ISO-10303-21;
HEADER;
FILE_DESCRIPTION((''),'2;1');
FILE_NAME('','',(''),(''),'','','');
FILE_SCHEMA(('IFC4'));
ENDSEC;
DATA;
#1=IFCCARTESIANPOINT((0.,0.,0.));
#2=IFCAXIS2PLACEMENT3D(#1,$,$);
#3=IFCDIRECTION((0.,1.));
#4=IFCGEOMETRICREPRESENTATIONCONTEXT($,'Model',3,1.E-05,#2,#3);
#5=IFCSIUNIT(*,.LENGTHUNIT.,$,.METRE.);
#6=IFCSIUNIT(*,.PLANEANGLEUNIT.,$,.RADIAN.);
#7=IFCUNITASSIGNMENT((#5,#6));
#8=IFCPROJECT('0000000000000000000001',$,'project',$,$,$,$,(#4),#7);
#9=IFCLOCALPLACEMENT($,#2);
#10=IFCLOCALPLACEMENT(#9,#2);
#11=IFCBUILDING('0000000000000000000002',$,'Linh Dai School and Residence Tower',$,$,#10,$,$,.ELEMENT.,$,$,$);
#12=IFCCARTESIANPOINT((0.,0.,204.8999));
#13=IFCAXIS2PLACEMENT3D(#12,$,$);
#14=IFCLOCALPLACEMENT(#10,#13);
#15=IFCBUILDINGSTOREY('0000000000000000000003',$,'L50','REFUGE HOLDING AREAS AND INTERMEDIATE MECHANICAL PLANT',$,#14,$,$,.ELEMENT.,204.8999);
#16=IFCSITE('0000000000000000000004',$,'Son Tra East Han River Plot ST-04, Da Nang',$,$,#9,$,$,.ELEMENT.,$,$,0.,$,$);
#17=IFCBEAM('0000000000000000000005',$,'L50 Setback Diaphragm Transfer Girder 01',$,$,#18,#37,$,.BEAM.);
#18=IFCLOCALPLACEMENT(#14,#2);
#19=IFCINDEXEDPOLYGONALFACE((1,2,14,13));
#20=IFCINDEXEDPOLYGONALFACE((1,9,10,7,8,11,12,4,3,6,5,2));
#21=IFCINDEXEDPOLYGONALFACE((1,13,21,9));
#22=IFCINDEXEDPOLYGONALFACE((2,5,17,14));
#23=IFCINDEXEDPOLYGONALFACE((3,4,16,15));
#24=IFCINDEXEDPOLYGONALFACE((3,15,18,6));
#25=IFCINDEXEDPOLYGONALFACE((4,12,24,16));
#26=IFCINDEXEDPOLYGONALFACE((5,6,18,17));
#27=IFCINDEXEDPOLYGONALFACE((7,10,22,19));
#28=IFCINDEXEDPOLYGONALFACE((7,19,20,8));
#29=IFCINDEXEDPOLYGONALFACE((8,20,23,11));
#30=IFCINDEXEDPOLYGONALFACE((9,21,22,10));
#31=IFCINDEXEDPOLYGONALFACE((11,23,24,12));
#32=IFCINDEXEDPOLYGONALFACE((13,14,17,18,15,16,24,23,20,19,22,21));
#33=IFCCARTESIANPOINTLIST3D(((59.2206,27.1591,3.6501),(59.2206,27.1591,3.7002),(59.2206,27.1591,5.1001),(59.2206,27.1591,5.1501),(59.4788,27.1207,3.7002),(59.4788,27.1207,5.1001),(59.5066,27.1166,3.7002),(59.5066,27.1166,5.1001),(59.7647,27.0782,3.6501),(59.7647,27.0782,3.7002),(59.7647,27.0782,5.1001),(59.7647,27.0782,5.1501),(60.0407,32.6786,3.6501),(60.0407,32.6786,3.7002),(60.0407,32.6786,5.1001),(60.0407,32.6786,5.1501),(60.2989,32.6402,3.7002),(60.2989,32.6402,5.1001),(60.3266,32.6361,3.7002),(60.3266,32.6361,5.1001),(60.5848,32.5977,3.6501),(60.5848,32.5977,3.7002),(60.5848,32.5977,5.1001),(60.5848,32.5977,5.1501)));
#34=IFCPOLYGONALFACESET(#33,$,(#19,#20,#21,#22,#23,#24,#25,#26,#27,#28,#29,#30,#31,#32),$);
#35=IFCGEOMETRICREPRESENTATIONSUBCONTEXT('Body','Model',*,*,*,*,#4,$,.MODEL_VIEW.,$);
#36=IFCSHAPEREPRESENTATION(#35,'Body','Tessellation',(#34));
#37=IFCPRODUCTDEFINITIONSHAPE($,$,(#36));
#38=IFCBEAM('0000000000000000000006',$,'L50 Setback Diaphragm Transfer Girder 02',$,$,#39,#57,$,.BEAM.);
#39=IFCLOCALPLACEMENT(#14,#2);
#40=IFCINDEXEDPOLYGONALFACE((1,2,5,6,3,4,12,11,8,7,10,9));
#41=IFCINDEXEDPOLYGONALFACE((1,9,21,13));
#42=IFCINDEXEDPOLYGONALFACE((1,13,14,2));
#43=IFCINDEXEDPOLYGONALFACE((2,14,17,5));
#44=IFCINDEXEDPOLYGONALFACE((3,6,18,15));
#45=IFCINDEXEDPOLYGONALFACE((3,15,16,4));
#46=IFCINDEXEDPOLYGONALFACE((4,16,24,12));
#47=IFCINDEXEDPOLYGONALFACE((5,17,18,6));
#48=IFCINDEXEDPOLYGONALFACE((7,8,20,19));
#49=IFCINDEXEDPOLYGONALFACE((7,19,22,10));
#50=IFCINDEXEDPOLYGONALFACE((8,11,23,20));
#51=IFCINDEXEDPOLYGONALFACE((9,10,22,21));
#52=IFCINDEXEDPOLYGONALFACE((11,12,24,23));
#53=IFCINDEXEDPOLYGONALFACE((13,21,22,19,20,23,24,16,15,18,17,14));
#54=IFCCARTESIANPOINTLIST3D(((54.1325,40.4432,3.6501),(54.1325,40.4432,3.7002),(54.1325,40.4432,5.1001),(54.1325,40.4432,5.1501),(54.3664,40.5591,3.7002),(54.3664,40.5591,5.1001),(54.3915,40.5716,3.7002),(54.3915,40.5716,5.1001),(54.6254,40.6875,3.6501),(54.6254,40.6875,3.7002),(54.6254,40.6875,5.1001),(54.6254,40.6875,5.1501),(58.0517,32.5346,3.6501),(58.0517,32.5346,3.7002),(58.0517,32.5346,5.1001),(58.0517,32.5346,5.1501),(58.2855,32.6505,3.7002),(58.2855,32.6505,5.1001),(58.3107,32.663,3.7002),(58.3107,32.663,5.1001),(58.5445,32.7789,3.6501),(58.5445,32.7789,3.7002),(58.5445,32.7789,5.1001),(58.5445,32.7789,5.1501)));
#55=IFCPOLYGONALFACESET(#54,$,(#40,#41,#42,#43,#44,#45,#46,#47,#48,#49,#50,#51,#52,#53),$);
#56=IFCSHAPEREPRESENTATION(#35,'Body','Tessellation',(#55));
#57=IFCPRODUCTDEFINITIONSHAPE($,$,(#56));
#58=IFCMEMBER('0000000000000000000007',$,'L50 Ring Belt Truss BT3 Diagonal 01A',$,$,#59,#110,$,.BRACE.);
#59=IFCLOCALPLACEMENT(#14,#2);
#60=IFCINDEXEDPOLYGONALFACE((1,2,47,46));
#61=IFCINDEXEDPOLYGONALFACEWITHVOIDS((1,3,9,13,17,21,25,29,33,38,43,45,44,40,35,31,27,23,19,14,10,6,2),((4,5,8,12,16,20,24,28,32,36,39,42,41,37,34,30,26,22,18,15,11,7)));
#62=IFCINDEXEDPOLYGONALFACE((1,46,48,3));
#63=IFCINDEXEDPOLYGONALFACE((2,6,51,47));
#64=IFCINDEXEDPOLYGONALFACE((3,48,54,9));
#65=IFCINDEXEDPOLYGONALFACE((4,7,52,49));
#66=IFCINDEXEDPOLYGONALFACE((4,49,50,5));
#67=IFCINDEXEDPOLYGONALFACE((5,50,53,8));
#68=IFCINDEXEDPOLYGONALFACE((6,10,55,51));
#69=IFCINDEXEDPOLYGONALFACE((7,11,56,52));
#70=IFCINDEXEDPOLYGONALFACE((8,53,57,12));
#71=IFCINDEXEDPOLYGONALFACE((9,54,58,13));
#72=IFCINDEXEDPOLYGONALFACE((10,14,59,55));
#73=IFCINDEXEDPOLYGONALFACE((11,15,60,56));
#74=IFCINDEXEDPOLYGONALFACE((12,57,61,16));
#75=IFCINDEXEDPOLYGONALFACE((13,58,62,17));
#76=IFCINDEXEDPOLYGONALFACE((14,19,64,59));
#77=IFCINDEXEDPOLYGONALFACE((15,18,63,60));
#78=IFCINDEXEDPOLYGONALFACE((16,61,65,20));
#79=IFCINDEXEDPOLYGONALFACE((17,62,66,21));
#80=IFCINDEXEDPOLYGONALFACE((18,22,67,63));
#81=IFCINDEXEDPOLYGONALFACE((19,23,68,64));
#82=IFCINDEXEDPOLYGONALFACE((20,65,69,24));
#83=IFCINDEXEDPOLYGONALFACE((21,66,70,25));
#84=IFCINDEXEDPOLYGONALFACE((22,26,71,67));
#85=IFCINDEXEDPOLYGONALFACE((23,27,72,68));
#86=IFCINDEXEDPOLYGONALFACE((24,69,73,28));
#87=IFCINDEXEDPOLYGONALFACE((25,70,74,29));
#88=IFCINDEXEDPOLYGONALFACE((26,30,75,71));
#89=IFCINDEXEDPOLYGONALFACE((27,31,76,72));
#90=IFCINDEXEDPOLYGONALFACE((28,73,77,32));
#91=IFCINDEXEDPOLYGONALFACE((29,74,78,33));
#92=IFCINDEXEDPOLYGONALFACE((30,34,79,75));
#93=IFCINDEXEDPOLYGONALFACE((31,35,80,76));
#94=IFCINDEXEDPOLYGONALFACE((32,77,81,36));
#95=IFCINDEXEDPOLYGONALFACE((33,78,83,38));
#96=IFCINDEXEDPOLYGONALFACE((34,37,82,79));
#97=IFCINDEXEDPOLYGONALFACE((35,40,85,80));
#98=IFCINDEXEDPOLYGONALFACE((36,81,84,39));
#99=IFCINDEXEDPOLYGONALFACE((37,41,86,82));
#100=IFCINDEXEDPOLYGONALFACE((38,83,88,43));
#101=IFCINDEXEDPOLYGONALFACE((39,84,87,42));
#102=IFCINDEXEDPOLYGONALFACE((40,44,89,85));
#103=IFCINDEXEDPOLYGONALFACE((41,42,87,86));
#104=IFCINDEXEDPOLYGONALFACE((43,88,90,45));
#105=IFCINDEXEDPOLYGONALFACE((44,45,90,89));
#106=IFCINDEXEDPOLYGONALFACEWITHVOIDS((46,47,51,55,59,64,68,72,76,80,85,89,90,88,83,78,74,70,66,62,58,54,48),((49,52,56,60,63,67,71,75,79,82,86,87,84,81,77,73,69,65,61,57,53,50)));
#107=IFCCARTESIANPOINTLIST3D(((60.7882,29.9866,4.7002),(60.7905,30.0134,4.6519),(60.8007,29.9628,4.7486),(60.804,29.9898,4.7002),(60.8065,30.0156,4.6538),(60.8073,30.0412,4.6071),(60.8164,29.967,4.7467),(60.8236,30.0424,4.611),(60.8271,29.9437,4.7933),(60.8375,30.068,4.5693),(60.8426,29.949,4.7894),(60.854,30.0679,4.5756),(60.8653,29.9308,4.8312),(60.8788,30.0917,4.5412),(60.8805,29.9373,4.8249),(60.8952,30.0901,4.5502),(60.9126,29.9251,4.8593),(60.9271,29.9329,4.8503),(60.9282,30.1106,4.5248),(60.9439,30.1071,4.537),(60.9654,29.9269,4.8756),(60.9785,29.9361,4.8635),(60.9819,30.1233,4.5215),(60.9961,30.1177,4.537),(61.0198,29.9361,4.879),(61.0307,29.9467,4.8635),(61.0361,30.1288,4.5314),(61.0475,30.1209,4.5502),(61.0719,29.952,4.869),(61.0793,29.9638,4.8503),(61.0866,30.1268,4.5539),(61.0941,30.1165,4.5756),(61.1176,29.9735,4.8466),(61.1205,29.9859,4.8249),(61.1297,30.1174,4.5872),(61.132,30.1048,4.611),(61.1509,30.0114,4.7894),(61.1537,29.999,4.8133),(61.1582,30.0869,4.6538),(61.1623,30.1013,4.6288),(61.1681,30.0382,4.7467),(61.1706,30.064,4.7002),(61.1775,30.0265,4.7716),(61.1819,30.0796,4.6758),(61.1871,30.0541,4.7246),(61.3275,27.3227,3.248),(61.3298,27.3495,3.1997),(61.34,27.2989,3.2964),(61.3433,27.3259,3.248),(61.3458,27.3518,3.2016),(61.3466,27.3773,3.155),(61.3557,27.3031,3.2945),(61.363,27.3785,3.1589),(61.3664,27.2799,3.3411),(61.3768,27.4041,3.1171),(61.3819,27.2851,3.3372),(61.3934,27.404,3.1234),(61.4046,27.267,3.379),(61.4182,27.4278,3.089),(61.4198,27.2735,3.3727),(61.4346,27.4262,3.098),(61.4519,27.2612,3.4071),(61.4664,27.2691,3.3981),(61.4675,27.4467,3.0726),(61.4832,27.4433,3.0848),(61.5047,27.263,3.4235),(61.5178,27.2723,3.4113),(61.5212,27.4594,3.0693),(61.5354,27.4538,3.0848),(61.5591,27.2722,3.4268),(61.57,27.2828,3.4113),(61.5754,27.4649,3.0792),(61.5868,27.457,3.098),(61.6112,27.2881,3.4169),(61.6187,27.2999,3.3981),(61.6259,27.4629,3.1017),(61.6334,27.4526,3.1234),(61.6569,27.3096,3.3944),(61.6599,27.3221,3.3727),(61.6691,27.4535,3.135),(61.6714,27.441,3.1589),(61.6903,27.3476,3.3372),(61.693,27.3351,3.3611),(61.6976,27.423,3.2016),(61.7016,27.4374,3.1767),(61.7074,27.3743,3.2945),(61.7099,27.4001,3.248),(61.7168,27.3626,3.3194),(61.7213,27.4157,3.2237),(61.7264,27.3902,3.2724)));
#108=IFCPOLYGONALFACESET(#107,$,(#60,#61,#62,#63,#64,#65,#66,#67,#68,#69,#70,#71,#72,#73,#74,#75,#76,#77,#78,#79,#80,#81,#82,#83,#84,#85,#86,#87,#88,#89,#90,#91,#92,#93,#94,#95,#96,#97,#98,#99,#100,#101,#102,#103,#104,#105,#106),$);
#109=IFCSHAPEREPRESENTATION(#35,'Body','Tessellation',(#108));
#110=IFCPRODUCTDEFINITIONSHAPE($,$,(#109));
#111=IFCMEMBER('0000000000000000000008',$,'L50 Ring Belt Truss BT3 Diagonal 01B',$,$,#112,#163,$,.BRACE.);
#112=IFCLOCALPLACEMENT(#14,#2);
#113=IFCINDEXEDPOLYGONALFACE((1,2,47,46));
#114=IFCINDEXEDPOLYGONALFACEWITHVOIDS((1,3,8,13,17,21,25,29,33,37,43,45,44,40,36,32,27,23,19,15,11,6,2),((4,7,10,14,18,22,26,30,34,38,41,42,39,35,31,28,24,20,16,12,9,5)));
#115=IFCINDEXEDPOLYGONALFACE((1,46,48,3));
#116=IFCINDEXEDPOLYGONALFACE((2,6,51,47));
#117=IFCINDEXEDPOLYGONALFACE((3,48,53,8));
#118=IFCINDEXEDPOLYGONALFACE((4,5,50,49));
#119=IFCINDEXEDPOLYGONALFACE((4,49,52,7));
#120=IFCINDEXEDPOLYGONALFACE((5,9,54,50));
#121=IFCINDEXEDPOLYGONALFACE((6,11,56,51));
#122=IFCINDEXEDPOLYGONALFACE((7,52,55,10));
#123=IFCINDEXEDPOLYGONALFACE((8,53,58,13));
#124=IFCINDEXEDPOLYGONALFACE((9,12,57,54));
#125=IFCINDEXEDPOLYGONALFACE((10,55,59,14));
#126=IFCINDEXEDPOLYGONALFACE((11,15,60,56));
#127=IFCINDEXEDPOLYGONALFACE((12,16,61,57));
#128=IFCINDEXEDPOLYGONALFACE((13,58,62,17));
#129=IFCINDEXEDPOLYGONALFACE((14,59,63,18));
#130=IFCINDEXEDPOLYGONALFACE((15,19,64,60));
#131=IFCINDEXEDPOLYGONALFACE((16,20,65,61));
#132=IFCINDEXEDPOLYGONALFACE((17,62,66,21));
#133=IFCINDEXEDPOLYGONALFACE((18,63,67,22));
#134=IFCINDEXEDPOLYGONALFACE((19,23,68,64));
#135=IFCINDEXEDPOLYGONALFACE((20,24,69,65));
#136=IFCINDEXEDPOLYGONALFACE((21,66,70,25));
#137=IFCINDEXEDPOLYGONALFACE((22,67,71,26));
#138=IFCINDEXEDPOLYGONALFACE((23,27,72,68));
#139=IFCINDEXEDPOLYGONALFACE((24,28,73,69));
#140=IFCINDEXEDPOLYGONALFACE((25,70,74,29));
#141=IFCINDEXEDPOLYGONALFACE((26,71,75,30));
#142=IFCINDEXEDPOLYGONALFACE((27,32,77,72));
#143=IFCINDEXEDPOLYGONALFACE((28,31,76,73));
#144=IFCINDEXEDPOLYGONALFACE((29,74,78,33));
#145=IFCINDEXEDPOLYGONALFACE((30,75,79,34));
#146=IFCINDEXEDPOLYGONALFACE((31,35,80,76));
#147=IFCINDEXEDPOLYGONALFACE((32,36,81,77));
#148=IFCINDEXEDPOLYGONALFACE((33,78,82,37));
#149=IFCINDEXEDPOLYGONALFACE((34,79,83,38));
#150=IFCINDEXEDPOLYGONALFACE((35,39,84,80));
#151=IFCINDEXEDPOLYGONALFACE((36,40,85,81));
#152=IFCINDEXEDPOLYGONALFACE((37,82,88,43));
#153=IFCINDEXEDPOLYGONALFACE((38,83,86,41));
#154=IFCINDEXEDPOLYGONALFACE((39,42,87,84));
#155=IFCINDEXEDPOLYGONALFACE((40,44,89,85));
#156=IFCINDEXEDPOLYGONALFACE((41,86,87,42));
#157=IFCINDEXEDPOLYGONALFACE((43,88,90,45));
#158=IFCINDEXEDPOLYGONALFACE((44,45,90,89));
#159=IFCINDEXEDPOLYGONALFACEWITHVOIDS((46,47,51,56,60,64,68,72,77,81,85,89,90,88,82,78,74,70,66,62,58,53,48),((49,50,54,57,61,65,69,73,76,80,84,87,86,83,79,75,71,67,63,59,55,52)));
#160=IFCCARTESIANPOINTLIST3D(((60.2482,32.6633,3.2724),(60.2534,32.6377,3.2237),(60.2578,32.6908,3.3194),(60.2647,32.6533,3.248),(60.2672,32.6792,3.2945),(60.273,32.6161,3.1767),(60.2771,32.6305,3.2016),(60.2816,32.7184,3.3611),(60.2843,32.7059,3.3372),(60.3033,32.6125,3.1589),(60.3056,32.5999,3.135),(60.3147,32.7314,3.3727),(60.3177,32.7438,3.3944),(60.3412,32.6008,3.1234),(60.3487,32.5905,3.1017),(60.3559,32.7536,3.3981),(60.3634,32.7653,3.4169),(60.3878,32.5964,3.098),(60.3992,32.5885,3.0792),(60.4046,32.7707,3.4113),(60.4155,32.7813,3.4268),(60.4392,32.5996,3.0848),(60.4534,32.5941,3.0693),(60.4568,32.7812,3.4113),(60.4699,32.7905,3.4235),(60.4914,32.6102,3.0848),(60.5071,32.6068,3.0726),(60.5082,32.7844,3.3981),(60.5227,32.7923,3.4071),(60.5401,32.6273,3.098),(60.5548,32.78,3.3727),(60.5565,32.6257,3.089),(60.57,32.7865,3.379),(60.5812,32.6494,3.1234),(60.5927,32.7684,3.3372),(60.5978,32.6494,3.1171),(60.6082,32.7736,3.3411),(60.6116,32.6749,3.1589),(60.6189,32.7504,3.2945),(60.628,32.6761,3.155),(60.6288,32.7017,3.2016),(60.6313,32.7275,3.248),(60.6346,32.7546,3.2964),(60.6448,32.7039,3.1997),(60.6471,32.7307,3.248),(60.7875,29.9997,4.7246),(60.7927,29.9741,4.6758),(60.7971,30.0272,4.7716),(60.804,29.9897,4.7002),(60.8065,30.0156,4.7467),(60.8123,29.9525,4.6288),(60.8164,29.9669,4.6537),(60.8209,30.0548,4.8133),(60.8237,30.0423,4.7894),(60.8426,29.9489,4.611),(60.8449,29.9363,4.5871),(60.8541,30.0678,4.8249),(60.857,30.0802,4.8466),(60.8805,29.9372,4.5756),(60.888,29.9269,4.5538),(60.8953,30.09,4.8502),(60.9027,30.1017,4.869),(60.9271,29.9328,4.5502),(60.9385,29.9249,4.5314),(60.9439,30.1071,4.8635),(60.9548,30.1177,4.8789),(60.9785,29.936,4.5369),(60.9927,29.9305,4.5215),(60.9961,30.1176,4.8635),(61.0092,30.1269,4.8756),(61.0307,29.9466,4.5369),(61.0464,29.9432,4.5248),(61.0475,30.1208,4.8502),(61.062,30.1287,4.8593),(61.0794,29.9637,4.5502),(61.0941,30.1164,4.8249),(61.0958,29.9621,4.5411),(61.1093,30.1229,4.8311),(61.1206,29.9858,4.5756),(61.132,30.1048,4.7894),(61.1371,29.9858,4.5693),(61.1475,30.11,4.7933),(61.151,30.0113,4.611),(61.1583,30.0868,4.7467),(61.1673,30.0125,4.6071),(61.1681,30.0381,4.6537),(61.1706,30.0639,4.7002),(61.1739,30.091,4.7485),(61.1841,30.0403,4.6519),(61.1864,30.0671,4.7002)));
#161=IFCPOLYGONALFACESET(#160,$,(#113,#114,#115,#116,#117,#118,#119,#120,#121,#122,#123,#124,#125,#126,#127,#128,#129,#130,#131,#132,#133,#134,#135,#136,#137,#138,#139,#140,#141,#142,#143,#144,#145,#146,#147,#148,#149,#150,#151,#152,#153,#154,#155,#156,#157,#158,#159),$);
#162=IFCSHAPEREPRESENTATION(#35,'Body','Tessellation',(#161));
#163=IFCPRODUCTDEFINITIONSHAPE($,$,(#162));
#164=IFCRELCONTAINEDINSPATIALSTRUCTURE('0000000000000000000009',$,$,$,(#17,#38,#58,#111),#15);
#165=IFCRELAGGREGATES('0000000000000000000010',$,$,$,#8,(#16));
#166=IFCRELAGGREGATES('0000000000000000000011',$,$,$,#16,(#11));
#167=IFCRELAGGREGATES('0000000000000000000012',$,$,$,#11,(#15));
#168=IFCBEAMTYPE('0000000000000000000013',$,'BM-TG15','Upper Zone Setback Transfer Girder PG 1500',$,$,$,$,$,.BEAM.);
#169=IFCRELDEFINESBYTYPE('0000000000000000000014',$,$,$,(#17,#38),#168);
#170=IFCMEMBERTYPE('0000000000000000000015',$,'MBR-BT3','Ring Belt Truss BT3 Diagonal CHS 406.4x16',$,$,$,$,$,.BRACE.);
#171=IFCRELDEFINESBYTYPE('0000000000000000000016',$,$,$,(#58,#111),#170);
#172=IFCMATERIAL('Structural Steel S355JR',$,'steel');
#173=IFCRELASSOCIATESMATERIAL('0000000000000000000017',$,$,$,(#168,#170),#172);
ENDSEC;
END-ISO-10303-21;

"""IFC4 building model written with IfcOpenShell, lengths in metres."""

from ifc_helpers import new_model, si_unit, direction, frame, origin, origin_2d, place, context, subcontext, project, spatial, hollow_circle, i_section, extrude, material, material_profile, profile_set, type_object, element, save


model = new_model("IFC4")

# Units and contexts
model_context = context("Model", 3, precision=1e-05, world=origin(), true_north=direction((0.0, 1.0)))
body_context = subcontext(model_context, "Body", "Model", "MODEL_VIEW")
ifc_project = project(units=[si_unit("LENGTHUNIT", "METRE"), si_unit("PLANEANGLEUNIT", "RADIAN")], contexts=[model_context])

# Site, building, storey
site_placement = place(None, origin())
site = spatial("IfcSite", under=ifc_project, at=site_placement, Name="Son Tra East Han River Plot ST-04, Da Nang", CompositionType="ELEMENT", RefElevation=0.0)
building_placement = place(site_placement, origin())
building = spatial("IfcBuilding", under=site, at=building_placement, Name="Linh Dai School and Residence Tower", CompositionType="ELEMENT")
storey_placement = place(building_placement, frame((0.0, 0.0, 204.8999)))
storey = spatial("IfcBuildingStorey", under=building, at=storey_placement, Name="L50", Description="REFUGE HOLDING AREAS AND INTERMEDIATE MECHANICAL PLANT", CompositionType="ELEMENT", Elevation=204.8999)

# Shared definitions
ifc_material_1 = material(Name="Structural Steel S355JR", Category="steel")

# Beams
ifc_material_profile_1 = material_profile(ifc_material_1, i_section(OverallWidth=0.55, OverallDepth=1.5, WebThickness=0.0281, FlangeThickness=0.05, at=origin_2d()), Name="PG 1500x550x28x50")
ifc_profile_set_1 = profile_set([ifc_material_profile_1], Name="Structural Steel S355JR")
beam_type_1 = type_object("IfcBeamType", Name="BM-TG15", Description="Upper Zone Setback Transfer Girder PG 1500", PredefinedType="BEAM", material=ifc_profile_set_1)
beam_1_placement = place(storey_placement, frame((59.4927, 27.1187, 4.4001), z_axis=(0.146962, 0.989142, 0.0), x_axis=(-0.989142, 0.146962, 0.0)))
element("IfcBeam", 1, at=beam_1_placement, inside=storey, type_object=beam_type_1, Name="L50 Setback Diaphragm Transfer Girder 01", PredefinedType="BEAM", context=body_context, shape_type="SweptSolid", body=[
    extrude(i_section(OverallWidth=0.55, OverallDepth=1.5, WebThickness=0.0281, FlangeThickness=0.05, at=origin_2d()), origin(), (0.0, 0.0, 1.0), 5.5801),
])
beam_2_placement = place(storey_placement, frame((58.2981, 32.6567, 4.4001), z_axis=(-0.444024, 0.896015, 0.0), x_axis=(-0.896015, -0.444024, 0.0)))
element("IfcBeam", 2, at=beam_2_placement, inside=storey, type_object=beam_type_1, Name="L50 Setback Diaphragm Transfer Girder 02", PredefinedType="BEAM", context=body_context, shape_type="SweptSolid", body=[
    extrude(i_section(OverallWidth=0.55, OverallDepth=1.5, WebThickness=0.0281, FlangeThickness=0.05, at=origin_2d()), origin(), (0.0, 0.0, 1.0), 8.8264),
])

# Members
ifc_material_profile_2 = material_profile(ifc_material_1, hollow_circle(Radius=0.2031, WallThickness=0.0161, at=origin_2d()), Name="CHS 406.4x16")
ifc_profile_set_2 = profile_set([ifc_material_profile_2], Name="Structural Steel S355JR")
member_type_1 = type_object("IfcMemberType", Name="MBR-BT3", Description="Ring Belt Truss BT3 Diagonal CHS 406.4x16", PredefinedType="BRACE", material=ifc_profile_set_2)
member_1_placement = place(storey_placement, frame((61.5266, 27.363, 3.248), z_axis=(-0.175015, 0.864461, 0.47125), x_axis=(-0.980115, -0.19843, 0.0)))
element("IfcMember", 3, at=member_1_placement, inside=storey, type_object=member_type_1, Name="L50 Ring Belt Truss BT3 Diagonal 01A", PredefinedType="BRACE", context=body_context, shape_type="SweptSolid", body=[
    extrude(hollow_circle(Radius=0.2031, WallThickness=0.0161, at=origin_2d()), origin(), (0.0, 0.0, 1.0), 3.0815),
])
member_2_placement = place(storey_placement, frame((60.448, 32.6904, 3.248), z_axis=(0.175027, -0.864441, 0.471283), x_axis=(0.980111, 0.198448, 0.0)))
element("IfcMember", 4, at=member_2_placement, inside=storey, type_object=member_type_1, Name="L50 Ring Belt Truss BT3 Diagonal 01B", PredefinedType="BRACE", context=body_context, shape_type="SweptSolid", body=[
    extrude(hollow_circle(Radius=0.2031, WallThickness=0.0161, at=origin_2d()), origin(), (0.0, 0.0, 1.0), 3.0813),
])

save(model, "model.ifc")
